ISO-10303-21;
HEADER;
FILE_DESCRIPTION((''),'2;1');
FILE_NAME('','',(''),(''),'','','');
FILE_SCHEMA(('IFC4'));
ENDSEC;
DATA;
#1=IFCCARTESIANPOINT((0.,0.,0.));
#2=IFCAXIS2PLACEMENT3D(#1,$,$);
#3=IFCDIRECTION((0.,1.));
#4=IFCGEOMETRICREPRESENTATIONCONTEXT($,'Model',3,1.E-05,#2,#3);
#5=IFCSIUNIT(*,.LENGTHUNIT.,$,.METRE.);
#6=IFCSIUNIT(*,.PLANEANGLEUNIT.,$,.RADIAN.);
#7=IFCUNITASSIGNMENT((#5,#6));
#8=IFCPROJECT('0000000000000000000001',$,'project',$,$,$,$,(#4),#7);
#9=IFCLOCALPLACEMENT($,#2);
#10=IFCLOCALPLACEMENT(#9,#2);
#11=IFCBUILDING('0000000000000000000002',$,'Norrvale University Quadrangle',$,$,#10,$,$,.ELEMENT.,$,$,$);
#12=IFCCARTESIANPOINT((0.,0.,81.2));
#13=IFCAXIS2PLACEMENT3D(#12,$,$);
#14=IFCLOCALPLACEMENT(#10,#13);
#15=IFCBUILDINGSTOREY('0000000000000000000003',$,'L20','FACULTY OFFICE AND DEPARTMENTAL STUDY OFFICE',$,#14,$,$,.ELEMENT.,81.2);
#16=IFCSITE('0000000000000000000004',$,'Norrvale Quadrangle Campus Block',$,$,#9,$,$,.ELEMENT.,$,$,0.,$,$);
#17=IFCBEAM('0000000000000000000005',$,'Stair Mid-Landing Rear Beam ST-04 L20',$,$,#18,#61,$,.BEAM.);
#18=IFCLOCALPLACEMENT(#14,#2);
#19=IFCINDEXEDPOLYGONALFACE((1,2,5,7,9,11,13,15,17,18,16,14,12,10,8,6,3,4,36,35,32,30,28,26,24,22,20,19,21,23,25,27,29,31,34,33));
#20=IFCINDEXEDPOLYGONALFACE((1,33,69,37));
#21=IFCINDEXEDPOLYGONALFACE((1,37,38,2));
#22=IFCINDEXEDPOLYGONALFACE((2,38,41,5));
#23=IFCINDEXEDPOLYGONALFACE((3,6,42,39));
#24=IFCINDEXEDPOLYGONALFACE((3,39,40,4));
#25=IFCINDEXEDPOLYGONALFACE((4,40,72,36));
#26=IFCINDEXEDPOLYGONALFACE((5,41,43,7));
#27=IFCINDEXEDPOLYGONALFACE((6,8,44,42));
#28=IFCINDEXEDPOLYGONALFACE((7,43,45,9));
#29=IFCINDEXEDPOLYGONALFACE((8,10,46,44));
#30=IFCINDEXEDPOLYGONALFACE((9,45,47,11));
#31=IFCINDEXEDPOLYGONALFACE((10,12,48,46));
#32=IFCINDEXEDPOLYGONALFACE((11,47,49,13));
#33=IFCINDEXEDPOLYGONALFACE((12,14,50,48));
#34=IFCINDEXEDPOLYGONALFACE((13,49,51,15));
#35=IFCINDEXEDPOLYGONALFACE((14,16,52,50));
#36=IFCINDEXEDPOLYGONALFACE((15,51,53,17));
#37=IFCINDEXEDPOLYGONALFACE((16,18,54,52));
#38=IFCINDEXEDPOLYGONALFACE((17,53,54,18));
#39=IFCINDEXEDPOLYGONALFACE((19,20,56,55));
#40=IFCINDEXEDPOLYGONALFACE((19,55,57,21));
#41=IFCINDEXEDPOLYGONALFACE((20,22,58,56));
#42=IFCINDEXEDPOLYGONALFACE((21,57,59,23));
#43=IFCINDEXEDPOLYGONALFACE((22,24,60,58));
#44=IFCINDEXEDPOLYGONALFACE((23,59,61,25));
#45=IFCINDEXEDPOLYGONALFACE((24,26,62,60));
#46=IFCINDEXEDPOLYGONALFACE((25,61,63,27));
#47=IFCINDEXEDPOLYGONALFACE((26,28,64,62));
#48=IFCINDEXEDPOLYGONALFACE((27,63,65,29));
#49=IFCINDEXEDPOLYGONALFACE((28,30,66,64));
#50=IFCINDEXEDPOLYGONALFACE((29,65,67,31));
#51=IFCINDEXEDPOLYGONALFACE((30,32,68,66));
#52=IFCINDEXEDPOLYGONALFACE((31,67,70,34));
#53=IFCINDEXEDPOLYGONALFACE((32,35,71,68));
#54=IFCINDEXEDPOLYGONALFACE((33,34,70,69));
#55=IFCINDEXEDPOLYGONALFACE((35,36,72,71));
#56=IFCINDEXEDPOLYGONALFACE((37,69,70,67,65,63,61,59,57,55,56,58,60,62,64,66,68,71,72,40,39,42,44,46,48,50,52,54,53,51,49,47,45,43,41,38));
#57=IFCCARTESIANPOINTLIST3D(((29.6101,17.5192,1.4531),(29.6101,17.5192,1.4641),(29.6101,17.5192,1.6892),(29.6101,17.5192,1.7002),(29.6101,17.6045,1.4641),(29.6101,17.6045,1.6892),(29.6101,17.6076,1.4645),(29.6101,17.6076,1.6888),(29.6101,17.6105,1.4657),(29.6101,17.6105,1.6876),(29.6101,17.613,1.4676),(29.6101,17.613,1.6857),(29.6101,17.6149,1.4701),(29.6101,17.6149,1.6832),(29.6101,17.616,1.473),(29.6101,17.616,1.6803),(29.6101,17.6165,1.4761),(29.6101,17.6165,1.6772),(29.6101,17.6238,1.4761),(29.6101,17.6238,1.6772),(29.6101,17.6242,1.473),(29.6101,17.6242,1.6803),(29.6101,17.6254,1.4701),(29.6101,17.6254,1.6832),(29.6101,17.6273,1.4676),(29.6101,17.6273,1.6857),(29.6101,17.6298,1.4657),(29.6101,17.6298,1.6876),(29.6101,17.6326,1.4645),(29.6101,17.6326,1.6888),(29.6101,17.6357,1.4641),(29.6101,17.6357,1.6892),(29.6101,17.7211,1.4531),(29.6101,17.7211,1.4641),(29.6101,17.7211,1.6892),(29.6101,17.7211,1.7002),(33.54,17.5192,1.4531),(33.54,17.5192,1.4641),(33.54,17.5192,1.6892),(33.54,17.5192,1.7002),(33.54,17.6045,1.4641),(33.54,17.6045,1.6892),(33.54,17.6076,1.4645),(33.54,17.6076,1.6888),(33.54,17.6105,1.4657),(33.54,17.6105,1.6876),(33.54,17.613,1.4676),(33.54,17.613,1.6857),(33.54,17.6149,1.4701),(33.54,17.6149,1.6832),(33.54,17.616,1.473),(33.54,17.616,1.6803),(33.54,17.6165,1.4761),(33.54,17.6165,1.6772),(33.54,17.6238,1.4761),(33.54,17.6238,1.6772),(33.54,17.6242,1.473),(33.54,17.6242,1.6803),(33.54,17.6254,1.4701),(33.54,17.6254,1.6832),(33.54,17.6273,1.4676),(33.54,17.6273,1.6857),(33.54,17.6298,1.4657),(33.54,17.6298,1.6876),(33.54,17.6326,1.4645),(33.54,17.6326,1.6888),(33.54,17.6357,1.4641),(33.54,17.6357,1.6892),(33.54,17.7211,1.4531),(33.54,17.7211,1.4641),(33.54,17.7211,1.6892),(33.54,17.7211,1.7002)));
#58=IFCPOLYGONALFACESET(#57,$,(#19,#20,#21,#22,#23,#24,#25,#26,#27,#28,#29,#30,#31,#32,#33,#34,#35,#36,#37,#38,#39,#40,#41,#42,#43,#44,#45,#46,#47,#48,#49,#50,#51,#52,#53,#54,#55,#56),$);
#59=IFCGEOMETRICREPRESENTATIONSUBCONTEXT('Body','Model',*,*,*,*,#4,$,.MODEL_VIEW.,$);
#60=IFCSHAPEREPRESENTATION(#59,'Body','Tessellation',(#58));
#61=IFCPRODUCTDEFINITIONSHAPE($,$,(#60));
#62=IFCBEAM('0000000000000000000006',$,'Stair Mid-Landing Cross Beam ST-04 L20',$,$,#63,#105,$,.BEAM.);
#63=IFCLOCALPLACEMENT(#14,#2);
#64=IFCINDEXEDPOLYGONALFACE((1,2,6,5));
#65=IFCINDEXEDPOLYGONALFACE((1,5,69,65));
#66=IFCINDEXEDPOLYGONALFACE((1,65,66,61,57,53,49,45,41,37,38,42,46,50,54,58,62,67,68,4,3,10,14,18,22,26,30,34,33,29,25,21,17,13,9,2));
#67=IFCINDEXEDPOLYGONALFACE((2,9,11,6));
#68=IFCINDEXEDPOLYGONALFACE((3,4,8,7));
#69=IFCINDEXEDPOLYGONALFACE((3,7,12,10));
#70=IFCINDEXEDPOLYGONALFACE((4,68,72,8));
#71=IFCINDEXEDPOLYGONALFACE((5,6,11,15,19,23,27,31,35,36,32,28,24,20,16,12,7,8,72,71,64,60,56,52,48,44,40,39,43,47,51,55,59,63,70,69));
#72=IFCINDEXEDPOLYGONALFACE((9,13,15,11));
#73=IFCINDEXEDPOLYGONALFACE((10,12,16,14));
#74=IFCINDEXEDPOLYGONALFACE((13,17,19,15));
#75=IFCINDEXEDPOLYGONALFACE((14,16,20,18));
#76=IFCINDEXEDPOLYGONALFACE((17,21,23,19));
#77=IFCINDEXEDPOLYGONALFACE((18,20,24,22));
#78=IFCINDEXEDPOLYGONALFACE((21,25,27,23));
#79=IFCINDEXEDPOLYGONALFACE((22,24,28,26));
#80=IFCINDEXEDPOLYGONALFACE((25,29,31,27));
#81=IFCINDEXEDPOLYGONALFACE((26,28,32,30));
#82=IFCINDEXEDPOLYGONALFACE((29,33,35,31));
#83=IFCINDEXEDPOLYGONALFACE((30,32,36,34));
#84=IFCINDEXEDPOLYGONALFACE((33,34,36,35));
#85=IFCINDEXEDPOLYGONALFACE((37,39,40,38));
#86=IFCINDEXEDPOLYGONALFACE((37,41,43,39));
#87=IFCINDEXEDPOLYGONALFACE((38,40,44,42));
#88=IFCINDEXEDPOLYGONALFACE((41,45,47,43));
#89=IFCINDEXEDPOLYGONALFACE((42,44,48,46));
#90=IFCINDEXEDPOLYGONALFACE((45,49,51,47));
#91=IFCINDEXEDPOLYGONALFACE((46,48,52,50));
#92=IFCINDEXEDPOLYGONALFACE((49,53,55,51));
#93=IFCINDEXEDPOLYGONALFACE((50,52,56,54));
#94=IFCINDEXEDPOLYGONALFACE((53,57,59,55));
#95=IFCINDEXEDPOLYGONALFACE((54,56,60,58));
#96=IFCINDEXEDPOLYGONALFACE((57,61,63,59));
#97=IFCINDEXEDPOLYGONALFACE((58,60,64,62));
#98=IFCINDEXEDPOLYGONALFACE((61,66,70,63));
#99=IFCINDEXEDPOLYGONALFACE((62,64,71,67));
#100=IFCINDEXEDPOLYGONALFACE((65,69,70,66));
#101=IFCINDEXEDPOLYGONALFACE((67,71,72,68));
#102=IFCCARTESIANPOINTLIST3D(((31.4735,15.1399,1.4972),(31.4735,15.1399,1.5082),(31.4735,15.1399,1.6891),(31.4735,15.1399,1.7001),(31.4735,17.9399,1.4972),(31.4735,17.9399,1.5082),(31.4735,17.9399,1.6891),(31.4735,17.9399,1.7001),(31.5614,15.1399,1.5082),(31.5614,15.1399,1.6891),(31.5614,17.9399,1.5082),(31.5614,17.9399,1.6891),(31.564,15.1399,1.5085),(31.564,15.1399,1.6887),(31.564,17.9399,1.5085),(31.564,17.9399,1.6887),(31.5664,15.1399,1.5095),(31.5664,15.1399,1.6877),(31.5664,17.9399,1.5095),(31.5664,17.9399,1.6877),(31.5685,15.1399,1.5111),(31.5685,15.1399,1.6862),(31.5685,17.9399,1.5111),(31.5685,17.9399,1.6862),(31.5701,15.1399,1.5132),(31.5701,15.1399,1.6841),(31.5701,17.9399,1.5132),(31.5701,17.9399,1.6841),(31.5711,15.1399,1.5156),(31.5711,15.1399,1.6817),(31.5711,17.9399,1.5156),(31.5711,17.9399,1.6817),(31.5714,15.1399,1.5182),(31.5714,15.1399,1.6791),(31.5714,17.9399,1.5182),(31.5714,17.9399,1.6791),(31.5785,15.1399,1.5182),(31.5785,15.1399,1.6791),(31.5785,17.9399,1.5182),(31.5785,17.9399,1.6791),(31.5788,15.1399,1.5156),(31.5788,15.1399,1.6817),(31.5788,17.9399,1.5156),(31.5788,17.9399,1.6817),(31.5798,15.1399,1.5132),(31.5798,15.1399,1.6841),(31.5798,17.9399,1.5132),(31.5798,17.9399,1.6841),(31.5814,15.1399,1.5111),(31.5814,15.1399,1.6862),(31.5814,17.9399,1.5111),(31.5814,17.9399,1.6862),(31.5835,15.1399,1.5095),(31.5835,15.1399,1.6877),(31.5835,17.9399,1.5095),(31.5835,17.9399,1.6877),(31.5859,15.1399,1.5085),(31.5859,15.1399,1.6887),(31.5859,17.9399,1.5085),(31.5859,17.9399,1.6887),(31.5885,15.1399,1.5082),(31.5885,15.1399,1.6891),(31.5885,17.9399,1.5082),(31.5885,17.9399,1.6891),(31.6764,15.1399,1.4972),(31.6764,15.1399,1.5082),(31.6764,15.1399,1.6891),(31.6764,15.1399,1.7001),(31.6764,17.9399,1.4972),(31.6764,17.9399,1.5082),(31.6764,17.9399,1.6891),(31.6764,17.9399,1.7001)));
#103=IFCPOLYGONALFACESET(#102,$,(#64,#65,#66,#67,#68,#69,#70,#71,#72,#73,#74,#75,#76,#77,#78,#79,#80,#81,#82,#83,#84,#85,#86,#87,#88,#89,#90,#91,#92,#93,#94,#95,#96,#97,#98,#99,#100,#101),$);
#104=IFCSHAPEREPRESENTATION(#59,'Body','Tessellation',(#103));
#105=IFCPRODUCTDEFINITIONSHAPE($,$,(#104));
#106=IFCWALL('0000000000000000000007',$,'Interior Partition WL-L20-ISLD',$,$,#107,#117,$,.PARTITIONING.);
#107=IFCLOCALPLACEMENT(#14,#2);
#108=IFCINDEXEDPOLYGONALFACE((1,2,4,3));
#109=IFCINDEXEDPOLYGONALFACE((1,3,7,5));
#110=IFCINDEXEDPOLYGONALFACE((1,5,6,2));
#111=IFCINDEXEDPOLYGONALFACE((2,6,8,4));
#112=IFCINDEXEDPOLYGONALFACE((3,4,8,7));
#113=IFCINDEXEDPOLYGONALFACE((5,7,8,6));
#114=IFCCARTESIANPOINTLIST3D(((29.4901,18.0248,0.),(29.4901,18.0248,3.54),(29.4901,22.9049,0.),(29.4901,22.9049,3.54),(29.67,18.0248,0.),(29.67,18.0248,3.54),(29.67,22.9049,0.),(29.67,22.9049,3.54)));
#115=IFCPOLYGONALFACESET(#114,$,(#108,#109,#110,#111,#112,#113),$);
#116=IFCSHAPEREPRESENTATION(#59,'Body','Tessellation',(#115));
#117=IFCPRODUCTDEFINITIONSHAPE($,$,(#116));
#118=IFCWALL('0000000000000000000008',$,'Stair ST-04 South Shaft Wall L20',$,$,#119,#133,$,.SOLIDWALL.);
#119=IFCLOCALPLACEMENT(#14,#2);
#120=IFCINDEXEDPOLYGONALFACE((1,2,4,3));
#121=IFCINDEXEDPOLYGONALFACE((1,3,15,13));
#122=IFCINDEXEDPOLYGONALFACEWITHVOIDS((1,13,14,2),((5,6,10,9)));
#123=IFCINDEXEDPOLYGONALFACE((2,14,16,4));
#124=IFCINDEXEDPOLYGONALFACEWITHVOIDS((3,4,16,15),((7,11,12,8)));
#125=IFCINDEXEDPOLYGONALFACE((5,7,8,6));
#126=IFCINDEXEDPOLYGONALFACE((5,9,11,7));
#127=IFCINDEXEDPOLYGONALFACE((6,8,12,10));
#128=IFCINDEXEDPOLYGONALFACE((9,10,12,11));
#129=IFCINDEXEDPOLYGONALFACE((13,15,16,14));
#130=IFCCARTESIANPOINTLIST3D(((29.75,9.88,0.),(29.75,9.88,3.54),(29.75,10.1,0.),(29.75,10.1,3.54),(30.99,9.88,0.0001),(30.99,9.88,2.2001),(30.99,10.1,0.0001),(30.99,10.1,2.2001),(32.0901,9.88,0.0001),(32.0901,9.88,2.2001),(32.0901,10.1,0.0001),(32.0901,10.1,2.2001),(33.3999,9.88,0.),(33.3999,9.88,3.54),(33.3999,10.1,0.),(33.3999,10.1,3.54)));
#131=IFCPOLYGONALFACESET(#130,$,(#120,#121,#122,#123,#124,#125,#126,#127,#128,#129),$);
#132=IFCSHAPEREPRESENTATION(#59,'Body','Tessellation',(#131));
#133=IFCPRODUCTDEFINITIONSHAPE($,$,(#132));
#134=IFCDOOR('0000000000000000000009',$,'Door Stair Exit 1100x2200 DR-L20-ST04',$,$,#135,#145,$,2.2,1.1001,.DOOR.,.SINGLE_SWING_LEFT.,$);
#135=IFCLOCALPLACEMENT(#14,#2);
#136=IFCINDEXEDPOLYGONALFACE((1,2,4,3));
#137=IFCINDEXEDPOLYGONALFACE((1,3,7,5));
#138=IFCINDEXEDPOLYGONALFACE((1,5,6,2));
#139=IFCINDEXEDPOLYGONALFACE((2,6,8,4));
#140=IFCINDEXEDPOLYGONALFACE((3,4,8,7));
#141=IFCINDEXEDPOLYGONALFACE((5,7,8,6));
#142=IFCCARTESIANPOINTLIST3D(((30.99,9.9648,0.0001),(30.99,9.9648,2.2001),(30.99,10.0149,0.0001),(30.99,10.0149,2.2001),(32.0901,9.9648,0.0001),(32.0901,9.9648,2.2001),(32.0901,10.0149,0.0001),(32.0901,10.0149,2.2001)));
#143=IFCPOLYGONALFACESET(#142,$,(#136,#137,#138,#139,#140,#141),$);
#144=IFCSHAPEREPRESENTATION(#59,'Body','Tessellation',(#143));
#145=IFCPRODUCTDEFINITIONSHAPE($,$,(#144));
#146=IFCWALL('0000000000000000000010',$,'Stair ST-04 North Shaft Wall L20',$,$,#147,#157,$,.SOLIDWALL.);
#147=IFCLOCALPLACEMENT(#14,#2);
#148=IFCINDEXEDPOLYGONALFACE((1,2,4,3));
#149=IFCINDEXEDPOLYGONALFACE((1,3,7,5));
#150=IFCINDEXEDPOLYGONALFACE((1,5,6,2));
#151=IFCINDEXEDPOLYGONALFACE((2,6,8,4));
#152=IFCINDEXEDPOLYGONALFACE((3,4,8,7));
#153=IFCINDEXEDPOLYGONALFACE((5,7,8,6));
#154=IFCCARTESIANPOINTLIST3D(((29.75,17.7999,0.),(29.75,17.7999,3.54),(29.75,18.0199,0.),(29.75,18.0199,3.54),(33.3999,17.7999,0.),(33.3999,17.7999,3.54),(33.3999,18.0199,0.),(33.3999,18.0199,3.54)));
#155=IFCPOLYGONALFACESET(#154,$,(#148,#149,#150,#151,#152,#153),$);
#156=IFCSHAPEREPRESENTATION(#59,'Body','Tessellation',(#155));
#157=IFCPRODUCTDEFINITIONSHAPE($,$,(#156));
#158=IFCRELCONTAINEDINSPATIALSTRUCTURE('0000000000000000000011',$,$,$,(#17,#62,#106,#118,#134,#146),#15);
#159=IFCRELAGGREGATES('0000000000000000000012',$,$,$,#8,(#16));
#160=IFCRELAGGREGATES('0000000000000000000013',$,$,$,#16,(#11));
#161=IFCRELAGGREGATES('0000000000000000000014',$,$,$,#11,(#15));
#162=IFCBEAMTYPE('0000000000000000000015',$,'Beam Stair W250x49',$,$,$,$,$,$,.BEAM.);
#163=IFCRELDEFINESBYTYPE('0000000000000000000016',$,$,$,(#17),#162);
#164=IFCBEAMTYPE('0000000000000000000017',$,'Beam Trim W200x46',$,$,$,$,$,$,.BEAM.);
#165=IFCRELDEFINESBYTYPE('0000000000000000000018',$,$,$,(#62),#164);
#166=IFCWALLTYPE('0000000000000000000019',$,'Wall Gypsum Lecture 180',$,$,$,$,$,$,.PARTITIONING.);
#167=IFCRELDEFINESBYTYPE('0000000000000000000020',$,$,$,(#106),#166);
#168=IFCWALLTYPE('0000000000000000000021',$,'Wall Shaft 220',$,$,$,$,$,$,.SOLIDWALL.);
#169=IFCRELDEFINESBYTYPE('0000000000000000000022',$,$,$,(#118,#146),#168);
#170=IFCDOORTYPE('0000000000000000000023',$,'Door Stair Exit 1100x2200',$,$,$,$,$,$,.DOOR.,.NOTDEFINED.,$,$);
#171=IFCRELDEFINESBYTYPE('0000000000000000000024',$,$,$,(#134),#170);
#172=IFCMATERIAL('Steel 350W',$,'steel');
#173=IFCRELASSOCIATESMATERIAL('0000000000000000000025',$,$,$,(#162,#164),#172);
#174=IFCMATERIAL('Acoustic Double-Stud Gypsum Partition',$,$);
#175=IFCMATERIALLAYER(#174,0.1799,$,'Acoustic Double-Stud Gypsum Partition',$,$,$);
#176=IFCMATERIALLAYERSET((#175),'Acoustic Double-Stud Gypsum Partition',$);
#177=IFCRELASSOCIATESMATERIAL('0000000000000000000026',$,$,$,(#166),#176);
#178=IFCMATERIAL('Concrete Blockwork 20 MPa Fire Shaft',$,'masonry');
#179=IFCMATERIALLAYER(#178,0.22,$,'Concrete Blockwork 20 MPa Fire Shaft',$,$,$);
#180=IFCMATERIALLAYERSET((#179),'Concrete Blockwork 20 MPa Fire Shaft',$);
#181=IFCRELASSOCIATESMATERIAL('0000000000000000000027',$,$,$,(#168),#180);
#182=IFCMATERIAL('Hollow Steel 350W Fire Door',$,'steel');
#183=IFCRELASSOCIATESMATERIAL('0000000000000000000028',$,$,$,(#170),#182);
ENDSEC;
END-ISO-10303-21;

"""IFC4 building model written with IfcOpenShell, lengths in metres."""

from ifc_helpers import new_model, si_unit, direction, frame, frame_2d, origin, origin_2d, place, context, subcontext, project, spatial, rectangle, i_section, extrude, material, layer, layer_set, material_profile, profile_set, type_object, element, fill, save


model = new_model("IFC4")

# Units and contexts
model_context = context("Model", 3, precision=1e-05, world=origin(), true_north=direction((0.0, 1.0)))
body_context = subcontext(model_context, "Body", "Model", "MODEL_VIEW")
ifc_project = project(units=[si_unit("LENGTHUNIT", "METRE"), si_unit("PLANEANGLEUNIT", "RADIAN")], contexts=[model_context])

# Site, building, storey
site_placement = place(None, origin())
site = spatial("IfcSite", under=ifc_project, at=site_placement, Name="Norrvale Quadrangle Campus Block", CompositionType="ELEMENT", RefElevation=0.0)
building_placement = place(site_placement, origin())
building = spatial("IfcBuilding", under=site, at=building_placement, Name="Norrvale University Quadrangle", CompositionType="ELEMENT")
storey_placement = place(building_placement, frame((0.0, 0.0, 81.2)))
storey = spatial("IfcBuildingStorey", under=building, at=storey_placement, Name="L20", Description="FACULTY OFFICE AND DEPARTMENTAL STUDY OFFICE", CompositionType="ELEMENT", Elevation=81.2)

# Beams
ifc_material_1 = material(Name="Steel 350W", Category="steel")
ifc_material_profile_1 = material_profile(ifc_material_1, i_section(OverallWidth=0.2019, OverallDepth=0.2471, WebThickness=0.0073, FlangeThickness=0.011, FilletRadius=0.012, at=origin_2d()), Name="Steel 350W")
ifc_profile_set_1 = profile_set([ifc_material_profile_1], Name="Steel 350W")
beam_type_1 = type_object("IfcBeamType", Name="Beam Stair W250x49", PredefinedType="BEAM", material=ifc_profile_set_1)
for number, where, z_axis, x_axis, name in (
    (1, (29.6101, 17.6201, 1.5767), (1.0, 0.0, 0.0), (0.0, 1.0, 0.0), "Stair Mid-Landing Rear Beam ST-04 L20"),
):
    element("IfcBeam", number, at=place(storey_placement, frame(where, z_axis=z_axis, x_axis=x_axis)), inside=storey, type_object=beam_type_1, Name=name, PredefinedType="BEAM", context=body_context, shape_type="SweptSolid", body=[
        extrude(i_section(OverallWidth=0.2019, OverallDepth=0.2471, WebThickness=0.0073, FlangeThickness=0.011, FilletRadius=0.012, at=origin_2d()), origin(), (0.0, 0.0, 1.0), 3.9299),
    ])
ifc_material_profile_2 = material_profile(ifc_material_1, i_section(OverallWidth=0.2029, OverallDepth=0.2029, WebThickness=0.0071, FlangeThickness=0.011, FilletRadius=0.01, at=origin_2d()), Name="Steel 350W")
ifc_profile_set_2 = profile_set([ifc_material_profile_2], Name="Steel 350W")
beam_type_2 = type_object("IfcBeamType", Name="Beam Trim W200x46", PredefinedType="BEAM", material=ifc_profile_set_2)
beam_1_placement = place(storey_placement, frame((31.575, 15.1399, 1.5986), z_axis=(0.0, 1.0, 0.0), x_axis=(-1.0, 0.0, 0.0)))
element("IfcBeam", 2, at=beam_1_placement, inside=storey, type_object=beam_type_2, Name="Stair Mid-Landing Cross Beam ST-04 L20", PredefinedType="BEAM", context=body_context, shape_type="SweptSolid", body=[
    extrude(i_section(OverallWidth=0.2029, OverallDepth=0.2029, WebThickness=0.0071, FlangeThickness=0.011, FilletRadius=0.01, at=origin_2d()), origin(), (0.0, 0.0, 1.0), 2.8),
])

# Wall
ifc_material_2 = material(Name="Acoustic Double-Stud Gypsum Partition")
ifc_layer_1 = layer(ifc_material_2, 0.1799, Name="Acoustic Double-Stud Gypsum Partition")
ifc_layer_set_1 = layer_set([ifc_layer_1], Name="Acoustic Double-Stud Gypsum Partition")
wall_type_1 = type_object("IfcWallType", Name="Wall Gypsum Lecture 180", PredefinedType="PARTITIONING", material=ifc_layer_set_1)
wall_1_placement = place(storey_placement, frame((29.5801, 18.0249, 0.0), z_axis=(0.0, 0.0, 1.0), x_axis=(0.0, 1.0, 0.0)))
element("IfcWall", 3, at=wall_1_placement, inside=storey, type_object=wall_type_1, Name="Interior Partition WL-L20-ISLD", PredefinedType="PARTITIONING", context=body_context, shape_type="SweptSolid", body=[
    extrude(rectangle(XDim=4.8801, YDim=0.1799, at=frame_2d((2.4399, 0.0))), origin(), (0.0, 0.0, 1.0), 3.54),
])

# Wall, opening, door
ifc_material_3 = material(Name="Concrete Blockwork 20 MPa Fire Shaft", Category="masonry")
ifc_layer_2 = layer(ifc_material_3, 0.22, Name="Concrete Blockwork 20 MPa Fire Shaft")
ifc_layer_set_2 = layer_set([ifc_layer_2], Name="Concrete Blockwork 20 MPa Fire Shaft")
wall_type_2 = type_object("IfcWallType", Name="Wall Shaft 220", PredefinedType="SOLIDWALL", material=ifc_layer_set_2)
wall_2_placement = place(storey_placement, frame((29.75, 9.99, 0.0), z_axis=(0.0, 0.0, 1.0), x_axis=(1.0, 0.0, 0.0)))
wall_2 = element("IfcWall", 4, at=wall_2_placement, inside=storey, type_object=wall_type_2, Name="Stair ST-04 South Shaft Wall L20", PredefinedType="SOLIDWALL", context=body_context, shape_type="SweptSolid", body=[
    extrude(rectangle(XDim=3.6499, YDim=0.22, at=frame_2d((1.825, 0.0))), origin(), (0.0, 0.0, 1.0), 3.54),
])
opening_placement = place(wall_2_placement, frame((1.24, 0.0, 0.0)))
opening = element("IfcOpeningElement", 5, at=opening_placement, cuts=wall_2, PredefinedType="OPENING", context=body_context, shape_type="SweptSolid", body=[
    extrude(rectangle(XDim=1.1001, YDim=2.2, at=frame_2d((0.55, 1.1001))), frame((0.0, 0.1221, 0.0), z_axis=(0.0, -1.0, 0.0), x_axis=(1.0, 0.0, 0.0)), (0.0, 0.0, 1.0), 0.2439),
])
ifc_material_4 = material(Name="Hollow Steel 350W Fire Door", Category="steel")
door_type = type_object("IfcDoorType", Name="Door Stair Exit 1100x2200", OperationType="NOTDEFINED", PredefinedType="DOOR", material=ifc_material_4)
door_placement = place(opening_placement, origin())
door = element("IfcDoor", 6, at=door_placement, inside=storey, type_object=door_type, Name="Door Stair Exit 1100x2200 DR-L20-ST04", OperationType="SINGLE_SWING_LEFT", OverallHeight=2.2, OverallWidth=1.1001, PredefinedType="DOOR", context=body_context, shape_type="SweptSolid", body=[
    extrude(rectangle(XDim=1.1001, YDim=2.2, at=frame_2d((0.55, 1.1001))), frame((0.0, 0.0249, 0.0), z_axis=(0.0, -1.0, 0.0), x_axis=(1.0, 0.0, 0.0)), (0.0, 0.0, 1.0), 0.05),
])
fill(opening, door)

# Wall
wall_3_placement = place(storey_placement, frame((29.75, 17.9099, 0.0), z_axis=(0.0, 0.0, 1.0), x_axis=(1.0, 0.0, 0.0)))
element("IfcWall", 7, at=wall_3_placement, inside=storey, type_object=wall_type_2, Name="Stair ST-04 North Shaft Wall L20", PredefinedType="SOLIDWALL", context=body_context, shape_type="SweptSolid", body=[
    extrude(rectangle(XDim=3.6499, YDim=0.22, at=frame_2d((1.825, 0.0))), origin(), (0.0, 0.0, 1.0), 3.54),
])

save(model, "model.ifc")
